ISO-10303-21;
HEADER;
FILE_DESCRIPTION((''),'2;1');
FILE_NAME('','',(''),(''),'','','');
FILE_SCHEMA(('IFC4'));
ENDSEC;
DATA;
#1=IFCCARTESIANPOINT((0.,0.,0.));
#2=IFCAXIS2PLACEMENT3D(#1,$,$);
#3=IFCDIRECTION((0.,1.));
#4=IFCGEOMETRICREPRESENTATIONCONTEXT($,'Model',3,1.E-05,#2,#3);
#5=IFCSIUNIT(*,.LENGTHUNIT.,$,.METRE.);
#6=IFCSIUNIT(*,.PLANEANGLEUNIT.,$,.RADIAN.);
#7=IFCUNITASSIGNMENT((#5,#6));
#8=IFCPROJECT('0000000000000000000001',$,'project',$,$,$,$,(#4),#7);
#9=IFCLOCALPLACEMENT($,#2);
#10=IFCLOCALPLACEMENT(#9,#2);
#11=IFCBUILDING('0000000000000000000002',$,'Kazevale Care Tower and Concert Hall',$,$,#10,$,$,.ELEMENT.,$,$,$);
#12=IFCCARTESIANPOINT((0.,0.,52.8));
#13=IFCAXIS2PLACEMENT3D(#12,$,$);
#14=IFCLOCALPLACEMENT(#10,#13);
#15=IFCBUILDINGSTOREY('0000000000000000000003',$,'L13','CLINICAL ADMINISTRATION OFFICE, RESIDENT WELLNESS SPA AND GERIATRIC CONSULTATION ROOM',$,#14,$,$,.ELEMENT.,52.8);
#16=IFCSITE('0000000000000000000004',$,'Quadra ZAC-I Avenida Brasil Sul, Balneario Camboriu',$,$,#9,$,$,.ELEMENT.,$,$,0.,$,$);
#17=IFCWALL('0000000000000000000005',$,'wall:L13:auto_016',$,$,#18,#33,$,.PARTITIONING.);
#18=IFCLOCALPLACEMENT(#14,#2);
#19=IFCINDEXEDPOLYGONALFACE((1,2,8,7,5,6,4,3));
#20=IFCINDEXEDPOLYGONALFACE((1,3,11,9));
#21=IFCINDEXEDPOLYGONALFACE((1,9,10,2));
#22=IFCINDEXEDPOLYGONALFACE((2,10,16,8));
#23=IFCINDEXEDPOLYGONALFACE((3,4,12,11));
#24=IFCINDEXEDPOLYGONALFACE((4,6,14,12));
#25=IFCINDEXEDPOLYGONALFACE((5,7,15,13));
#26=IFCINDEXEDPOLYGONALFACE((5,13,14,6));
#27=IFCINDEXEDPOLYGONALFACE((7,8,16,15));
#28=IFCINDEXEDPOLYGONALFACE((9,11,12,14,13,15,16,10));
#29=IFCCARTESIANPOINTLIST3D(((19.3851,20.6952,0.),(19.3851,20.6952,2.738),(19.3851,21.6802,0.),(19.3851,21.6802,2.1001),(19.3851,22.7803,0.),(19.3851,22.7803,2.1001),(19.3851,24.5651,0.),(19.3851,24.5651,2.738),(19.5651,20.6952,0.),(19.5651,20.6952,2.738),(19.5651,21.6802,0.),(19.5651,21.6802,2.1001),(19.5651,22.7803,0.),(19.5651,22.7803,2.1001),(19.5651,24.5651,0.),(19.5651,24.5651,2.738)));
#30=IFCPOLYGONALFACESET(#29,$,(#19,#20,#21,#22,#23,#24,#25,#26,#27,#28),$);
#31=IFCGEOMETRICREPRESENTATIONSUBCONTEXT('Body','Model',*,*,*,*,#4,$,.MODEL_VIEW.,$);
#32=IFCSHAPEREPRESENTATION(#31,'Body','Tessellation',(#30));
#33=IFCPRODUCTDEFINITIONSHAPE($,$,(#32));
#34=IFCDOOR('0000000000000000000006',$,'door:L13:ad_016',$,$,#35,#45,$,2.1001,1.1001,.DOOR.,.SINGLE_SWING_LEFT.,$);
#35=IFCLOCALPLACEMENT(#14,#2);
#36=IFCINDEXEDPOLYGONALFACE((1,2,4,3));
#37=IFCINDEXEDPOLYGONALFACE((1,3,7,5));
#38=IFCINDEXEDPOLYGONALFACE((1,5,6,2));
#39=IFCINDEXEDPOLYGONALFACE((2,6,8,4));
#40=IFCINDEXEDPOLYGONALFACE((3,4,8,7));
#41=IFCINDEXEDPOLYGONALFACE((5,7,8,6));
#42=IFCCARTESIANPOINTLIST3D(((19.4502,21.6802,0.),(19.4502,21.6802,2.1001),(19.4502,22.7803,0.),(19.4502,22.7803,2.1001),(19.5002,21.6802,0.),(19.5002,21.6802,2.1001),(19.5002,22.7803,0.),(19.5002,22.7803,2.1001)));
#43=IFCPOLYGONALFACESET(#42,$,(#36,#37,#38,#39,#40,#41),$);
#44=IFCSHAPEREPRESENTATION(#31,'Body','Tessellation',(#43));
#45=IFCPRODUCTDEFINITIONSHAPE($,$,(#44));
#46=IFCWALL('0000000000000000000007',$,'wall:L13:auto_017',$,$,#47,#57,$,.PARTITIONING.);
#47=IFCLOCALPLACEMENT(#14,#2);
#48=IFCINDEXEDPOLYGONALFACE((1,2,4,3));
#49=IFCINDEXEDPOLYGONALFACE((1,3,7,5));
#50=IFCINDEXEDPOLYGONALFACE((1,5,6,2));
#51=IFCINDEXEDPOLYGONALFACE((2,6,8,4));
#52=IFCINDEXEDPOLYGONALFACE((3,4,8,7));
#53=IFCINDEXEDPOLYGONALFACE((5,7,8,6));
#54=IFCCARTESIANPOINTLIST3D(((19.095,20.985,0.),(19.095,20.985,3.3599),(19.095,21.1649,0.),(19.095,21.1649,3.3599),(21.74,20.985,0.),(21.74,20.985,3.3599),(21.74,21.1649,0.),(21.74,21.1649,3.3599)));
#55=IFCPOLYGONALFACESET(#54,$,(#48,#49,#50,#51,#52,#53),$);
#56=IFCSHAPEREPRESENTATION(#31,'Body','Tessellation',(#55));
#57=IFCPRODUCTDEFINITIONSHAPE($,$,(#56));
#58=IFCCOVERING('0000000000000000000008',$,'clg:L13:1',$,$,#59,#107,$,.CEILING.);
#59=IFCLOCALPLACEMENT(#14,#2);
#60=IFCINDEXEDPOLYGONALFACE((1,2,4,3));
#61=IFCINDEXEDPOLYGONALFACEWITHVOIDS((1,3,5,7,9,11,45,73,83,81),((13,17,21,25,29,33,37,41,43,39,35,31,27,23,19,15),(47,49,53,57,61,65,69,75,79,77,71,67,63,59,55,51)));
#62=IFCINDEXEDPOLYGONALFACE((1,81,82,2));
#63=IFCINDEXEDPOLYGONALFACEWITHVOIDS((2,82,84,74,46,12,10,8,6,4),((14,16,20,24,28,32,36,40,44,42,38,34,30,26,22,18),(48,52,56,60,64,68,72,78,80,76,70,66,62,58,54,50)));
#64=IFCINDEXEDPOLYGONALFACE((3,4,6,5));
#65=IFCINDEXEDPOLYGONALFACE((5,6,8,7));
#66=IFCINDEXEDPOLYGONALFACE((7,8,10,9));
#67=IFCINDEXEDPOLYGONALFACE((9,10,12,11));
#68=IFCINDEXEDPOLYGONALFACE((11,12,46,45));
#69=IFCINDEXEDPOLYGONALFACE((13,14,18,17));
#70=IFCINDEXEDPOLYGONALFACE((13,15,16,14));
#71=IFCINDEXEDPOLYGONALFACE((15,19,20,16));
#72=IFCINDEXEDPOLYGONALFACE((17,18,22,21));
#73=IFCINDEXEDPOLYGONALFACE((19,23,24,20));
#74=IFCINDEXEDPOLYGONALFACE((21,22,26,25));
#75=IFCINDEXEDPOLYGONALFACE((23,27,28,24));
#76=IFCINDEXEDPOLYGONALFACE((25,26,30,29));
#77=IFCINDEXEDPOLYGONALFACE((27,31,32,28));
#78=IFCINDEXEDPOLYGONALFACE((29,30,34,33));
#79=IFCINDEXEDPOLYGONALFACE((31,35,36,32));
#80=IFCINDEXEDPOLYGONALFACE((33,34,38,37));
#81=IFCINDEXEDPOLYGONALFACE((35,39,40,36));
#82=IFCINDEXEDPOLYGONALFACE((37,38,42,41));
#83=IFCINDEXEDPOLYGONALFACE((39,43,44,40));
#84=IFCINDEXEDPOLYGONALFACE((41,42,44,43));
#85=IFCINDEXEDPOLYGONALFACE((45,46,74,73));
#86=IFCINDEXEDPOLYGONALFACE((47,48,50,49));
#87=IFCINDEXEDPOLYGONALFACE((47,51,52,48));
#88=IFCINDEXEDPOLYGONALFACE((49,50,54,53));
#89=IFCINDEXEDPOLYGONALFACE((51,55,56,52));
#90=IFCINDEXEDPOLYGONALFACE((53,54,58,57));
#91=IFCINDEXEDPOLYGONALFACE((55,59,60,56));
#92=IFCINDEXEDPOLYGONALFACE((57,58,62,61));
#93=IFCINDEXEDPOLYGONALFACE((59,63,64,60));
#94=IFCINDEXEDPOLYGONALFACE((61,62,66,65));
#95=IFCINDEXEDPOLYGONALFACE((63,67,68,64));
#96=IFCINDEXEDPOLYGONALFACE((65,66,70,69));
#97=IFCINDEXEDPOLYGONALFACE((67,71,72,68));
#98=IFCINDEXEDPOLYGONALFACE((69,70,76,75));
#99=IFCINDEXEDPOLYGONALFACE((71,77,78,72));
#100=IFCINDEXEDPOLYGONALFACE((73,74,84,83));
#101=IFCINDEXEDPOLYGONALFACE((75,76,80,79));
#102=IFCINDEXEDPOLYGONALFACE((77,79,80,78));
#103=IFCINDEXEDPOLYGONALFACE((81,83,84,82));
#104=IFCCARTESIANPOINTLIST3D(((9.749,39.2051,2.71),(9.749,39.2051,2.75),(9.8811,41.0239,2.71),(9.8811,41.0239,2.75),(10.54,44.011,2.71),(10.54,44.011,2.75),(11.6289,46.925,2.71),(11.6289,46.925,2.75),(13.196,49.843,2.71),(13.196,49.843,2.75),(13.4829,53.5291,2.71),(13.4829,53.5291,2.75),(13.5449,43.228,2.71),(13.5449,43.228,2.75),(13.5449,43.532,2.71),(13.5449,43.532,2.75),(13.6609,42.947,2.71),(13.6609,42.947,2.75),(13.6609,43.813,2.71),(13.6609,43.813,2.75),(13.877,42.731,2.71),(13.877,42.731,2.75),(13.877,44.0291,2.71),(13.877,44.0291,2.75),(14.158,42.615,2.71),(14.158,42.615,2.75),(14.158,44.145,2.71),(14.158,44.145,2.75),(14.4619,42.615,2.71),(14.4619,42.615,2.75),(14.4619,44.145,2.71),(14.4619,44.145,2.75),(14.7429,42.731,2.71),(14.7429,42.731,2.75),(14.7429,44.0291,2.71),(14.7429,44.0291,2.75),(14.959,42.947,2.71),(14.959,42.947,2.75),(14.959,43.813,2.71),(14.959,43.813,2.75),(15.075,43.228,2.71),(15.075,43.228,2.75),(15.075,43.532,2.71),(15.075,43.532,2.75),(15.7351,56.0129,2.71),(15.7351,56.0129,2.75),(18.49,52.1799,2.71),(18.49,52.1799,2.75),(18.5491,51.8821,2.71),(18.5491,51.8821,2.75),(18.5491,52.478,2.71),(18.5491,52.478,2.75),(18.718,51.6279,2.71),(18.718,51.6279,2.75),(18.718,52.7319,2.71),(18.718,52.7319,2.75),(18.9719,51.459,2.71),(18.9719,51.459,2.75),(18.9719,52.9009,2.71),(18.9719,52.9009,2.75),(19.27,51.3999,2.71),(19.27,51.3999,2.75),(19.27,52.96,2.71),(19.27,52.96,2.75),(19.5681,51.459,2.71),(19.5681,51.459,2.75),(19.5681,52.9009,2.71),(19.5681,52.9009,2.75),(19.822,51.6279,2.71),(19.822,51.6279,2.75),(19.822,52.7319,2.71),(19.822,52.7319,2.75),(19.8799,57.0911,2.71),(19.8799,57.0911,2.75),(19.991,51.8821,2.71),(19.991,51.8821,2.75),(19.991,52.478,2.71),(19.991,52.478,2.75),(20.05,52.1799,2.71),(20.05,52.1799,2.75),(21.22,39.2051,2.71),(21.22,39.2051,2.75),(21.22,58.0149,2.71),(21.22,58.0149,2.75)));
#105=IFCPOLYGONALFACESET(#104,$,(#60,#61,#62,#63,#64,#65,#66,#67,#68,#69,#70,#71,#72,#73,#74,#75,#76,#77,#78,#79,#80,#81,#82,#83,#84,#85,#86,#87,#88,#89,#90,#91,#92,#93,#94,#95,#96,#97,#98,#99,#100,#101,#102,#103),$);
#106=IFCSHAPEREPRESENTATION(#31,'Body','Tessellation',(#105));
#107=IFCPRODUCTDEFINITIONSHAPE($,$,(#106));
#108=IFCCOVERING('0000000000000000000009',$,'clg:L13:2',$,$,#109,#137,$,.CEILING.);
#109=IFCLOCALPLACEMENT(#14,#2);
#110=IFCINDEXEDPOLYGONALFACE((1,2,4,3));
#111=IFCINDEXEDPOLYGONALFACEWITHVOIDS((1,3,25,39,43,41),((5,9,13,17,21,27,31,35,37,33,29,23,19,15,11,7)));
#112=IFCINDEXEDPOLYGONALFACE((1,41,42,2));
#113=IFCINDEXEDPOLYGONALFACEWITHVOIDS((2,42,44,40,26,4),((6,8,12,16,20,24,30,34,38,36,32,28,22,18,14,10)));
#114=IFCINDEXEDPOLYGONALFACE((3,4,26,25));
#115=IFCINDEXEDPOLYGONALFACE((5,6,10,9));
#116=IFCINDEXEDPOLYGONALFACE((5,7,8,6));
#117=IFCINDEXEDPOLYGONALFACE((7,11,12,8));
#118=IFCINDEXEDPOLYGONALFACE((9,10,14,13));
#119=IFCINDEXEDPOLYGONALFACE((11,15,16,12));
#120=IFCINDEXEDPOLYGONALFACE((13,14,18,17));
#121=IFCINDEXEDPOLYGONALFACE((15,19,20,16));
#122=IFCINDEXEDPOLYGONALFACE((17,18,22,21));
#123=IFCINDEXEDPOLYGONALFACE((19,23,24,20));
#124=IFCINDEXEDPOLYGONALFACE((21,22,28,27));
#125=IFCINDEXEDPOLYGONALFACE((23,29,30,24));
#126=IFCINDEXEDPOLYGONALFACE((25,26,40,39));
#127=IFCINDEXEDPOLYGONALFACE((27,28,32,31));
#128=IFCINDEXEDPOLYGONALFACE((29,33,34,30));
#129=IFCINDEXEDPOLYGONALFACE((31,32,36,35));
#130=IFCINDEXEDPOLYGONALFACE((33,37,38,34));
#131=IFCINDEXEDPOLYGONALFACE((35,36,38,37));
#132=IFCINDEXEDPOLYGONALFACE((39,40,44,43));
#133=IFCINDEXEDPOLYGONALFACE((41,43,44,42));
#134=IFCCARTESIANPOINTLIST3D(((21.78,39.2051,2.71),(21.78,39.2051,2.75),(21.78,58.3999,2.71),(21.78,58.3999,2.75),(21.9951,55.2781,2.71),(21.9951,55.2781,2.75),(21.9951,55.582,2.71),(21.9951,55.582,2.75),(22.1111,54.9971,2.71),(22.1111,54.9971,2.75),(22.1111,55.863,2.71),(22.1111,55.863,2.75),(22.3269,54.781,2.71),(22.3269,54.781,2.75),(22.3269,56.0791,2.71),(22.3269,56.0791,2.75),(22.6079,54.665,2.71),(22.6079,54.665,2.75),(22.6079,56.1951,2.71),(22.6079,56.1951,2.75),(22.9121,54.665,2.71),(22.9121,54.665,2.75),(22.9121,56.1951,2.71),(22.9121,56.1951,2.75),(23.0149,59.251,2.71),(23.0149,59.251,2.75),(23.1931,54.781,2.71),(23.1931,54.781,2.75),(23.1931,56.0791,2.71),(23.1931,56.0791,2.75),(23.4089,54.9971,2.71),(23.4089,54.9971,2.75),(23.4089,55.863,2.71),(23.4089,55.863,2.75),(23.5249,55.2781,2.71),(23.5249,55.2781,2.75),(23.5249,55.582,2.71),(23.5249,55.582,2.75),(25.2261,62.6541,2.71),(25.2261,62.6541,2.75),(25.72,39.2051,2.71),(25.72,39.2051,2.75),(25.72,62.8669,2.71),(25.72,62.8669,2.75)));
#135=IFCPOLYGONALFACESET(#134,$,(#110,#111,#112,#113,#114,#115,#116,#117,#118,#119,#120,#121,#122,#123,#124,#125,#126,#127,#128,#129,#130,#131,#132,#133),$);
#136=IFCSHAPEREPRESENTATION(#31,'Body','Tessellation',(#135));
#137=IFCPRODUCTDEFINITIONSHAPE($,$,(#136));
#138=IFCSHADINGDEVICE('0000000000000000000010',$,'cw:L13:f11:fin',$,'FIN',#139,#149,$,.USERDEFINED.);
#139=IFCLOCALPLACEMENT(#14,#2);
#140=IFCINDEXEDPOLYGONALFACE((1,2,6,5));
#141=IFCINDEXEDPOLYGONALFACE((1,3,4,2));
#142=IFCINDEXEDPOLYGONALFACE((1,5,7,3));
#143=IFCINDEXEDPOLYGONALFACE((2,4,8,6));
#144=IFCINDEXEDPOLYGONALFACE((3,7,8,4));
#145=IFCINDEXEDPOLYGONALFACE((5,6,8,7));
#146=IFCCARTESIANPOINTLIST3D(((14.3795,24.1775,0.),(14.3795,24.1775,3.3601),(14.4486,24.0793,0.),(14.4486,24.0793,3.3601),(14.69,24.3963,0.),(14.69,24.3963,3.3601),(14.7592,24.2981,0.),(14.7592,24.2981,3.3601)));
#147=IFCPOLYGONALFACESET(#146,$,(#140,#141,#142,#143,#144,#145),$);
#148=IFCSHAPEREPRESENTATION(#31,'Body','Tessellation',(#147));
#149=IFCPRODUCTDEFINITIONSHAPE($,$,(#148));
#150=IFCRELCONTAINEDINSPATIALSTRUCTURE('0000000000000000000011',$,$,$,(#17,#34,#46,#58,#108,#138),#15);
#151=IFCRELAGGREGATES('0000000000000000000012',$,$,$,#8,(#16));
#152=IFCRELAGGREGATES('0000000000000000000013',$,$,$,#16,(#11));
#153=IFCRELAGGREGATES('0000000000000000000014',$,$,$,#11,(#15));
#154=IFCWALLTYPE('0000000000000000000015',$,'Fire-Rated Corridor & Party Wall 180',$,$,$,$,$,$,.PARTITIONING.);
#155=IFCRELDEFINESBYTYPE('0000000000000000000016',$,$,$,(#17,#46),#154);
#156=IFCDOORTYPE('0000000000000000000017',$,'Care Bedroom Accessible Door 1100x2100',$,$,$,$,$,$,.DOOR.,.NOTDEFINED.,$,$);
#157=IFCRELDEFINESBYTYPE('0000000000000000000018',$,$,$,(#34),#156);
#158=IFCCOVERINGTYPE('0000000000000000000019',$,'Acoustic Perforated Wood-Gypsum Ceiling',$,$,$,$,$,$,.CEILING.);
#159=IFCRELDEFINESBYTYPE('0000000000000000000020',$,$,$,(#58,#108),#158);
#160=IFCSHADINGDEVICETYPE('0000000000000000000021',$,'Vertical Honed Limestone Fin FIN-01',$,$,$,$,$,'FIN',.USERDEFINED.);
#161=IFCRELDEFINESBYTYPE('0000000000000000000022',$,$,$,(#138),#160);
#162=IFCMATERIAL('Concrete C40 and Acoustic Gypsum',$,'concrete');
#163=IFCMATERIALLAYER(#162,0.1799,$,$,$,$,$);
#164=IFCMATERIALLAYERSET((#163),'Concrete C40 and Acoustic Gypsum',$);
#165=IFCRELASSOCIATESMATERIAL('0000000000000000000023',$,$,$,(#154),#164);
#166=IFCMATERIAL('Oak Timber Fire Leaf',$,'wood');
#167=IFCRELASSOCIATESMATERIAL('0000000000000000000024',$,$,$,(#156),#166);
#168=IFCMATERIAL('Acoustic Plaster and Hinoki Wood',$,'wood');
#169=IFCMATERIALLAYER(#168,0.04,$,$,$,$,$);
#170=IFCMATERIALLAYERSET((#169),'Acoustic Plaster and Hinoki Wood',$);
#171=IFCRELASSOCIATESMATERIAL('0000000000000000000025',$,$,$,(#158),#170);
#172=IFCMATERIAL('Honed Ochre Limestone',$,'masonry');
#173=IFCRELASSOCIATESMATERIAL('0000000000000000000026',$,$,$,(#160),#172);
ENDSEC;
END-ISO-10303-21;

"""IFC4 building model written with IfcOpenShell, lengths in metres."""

from ifc_helpers import new_model, si_unit, direction, frame, frame_2d, origin, origin_2d, place, context, subcontext, project, spatial, polyline, rectangle, outline, extrude, material, layer, layer_set, type_object, element, fill, save


model = new_model("IFC4")

# Units and contexts
model_context = context("Model", 3, precision=1e-05, world=origin(), true_north=direction((0.0, 1.0)))
body_context = subcontext(model_context, "Body", "Model", "MODEL_VIEW")
ifc_project = project(units=[si_unit("LENGTHUNIT", "METRE"), si_unit("PLANEANGLEUNIT", "RADIAN")], contexts=[model_context])

# Site, building, storey
site_placement = place(None, origin())
site = spatial("IfcSite", under=ifc_project, at=site_placement, Name="Quadra ZAC-I Avenida Brasil Sul, Balneario Camboriu", CompositionType="ELEMENT", RefElevation=0.0)
building_placement = place(site_placement, origin())
building = spatial("IfcBuilding", under=site, at=building_placement, Name="Kazevale Care Tower and Concert Hall", CompositionType="ELEMENT")
storey_placement = place(building_placement, frame((0.0, 0.0, 52.8)))
storey = spatial("IfcBuildingStorey", under=building, at=storey_placement, Name="L13", Description="CLINICAL ADMINISTRATION OFFICE, RESIDENT WELLNESS SPA AND GERIATRIC CONSULTATION ROOM", CompositionType="ELEMENT", Elevation=52.8)

# Wall, opening, door
ifc_material_1 = material(Name="Concrete C40 and Acoustic Gypsum", Category="concrete")
ifc_layer_1 = layer(ifc_material_1, 0.1799)
ifc_layer_set_1 = layer_set([ifc_layer_1], Name="Concrete C40 and Acoustic Gypsum")
wall_type_1 = type_object("IfcWallType", Name="Fire-Rated Corridor & Party Wall 180", PredefinedType="PARTITIONING", material=ifc_layer_set_1)
wall_1_placement = place(storey_placement, frame((19.4751, 20.6951, 0.0), z_axis=(0.0, 0.0, 1.0), x_axis=(0.0, 1.0, 0.0)))
wall_1 = element("IfcWall", 1, at=wall_1_placement, inside=storey, type_object=wall_type_1, Name="wall:L13:auto_016", PredefinedType="PARTITIONING", context=body_context, shape_type="SweptSolid", body=[
    extrude(rectangle(XDim=3.8699, YDim=0.1799, at=frame_2d((1.9351, 0.0))), origin(), (0.0, 0.0, 1.0), 2.738),
])
opening_placement = place(wall_1_placement, frame((0.9851, 0.0, 0.0)))
opening = element("IfcOpeningElement", 2, at=opening_placement, cuts=wall_1, PredefinedType="OPENING", context=body_context, shape_type="SweptSolid", body=[
    extrude(rectangle(XDim=1.1001, YDim=2.1001, at=frame_2d((0.55, 1.05))), frame((0.0, 0.0999, 0.0), z_axis=(0.0, -1.0, 0.0), x_axis=(1.0, 0.0, 0.0)), (0.0, 0.0, 1.0), 0.2),
])
ifc_material_2 = material(Name="Oak Timber Fire Leaf", Category="wood")
door_type = type_object("IfcDoorType", Name="Care Bedroom Accessible Door 1100x2100", OperationType="NOTDEFINED", PredefinedType="DOOR", material=ifc_material_2)
door_placement = place(opening_placement, origin())
door = element("IfcDoor", 3, at=door_placement, inside=storey, type_object=door_type, Name="door:L13:ad_016", OperationType="SINGLE_SWING_LEFT", OverallHeight=2.1001, OverallWidth=1.1001, PredefinedType="DOOR", context=body_context, shape_type="SweptSolid", body=[
    extrude(rectangle(XDim=1.1001, YDim=2.1001, at=frame_2d((0.55, 1.05))), frame((0.0, 0.0249, 0.0), z_axis=(0.0, -1.0, 0.0), x_axis=(1.0, 0.0, 0.0)), (0.0, 0.0, 1.0), 0.05),
])
fill(opening, door)

# Wall
wall_2_placement = place(storey_placement, frame((21.74, 21.075, 0.0), z_axis=(0.0, 0.0, 1.0), x_axis=(-1.0, 0.0, 0.0)))
element("IfcWall", 4, at=wall_2_placement, inside=storey, type_object=wall_type_1, Name="wall:L13:auto_017", PredefinedType="PARTITIONING", context=body_context, shape_type="SweptSolid", body=[
    extrude(rectangle(XDim=2.645, YDim=0.1799, at=frame_2d((1.3225, 0.0))), origin(), (0.0, 0.0, 1.0), 3.3599),
])

# Coverings
ifc_material_3 = material(Name="Acoustic Plaster and Hinoki Wood", Category="wood")
ifc_layer_2 = layer(ifc_material_3, 0.04)
ifc_layer_set_2 = layer_set([ifc_layer_2], Name="Acoustic Plaster and Hinoki Wood")
covering_type = type_object("IfcCoveringType", Name="Acoustic Perforated Wood-Gypsum Ceiling", PredefinedType="CEILING", material=ifc_layer_set_2)
covering_1_placement = place(storey_placement, frame((0.0, 0.0, 2.71)))
element("IfcCovering", 5, at=covering_1_placement, inside=storey, type_object=covering_type, Name="clg:L13:1", PredefinedType="CEILING", context=body_context, shape_type="SweptSolid", body=[
    extrude(outline(polyline([(13.196, 49.843), (13.4829, 53.5291), (15.7351, 56.0129), (19.8799, 57.0911), (21.22, 58.0149), (21.22, 39.2051), (9.749, 39.2051), (9.8811, 41.0239), (10.54, 44.011), (11.6289, 46.925), (13.196, 49.843)]), holes=[polyline([(19.991, 52.478), (19.822, 52.7319), (19.5681, 52.9009), (19.27, 52.96), (18.9719, 52.9009), (18.718, 52.7319), (18.5491, 52.478), (18.49, 52.1799), (18.5491, 51.8821), (18.718, 51.6279), (18.9719, 51.459), (19.27, 51.3999), (19.5681, 51.459), (19.822, 51.6279), (19.991, 51.8821), (20.05, 52.1799), (19.991, 52.478)]), polyline([(15.075, 43.532), (14.959, 43.813), (14.7429, 44.0291), (14.4619, 44.145), (14.158, 44.145), (13.877, 44.0291), (13.6609, 43.813), (13.5449, 43.532), (13.5449, 43.228), (13.6609, 42.947), (13.877, 42.731), (14.158, 42.615), (14.4619, 42.615), (14.7429, 42.731), (14.959, 42.947), (15.075, 43.228), (15.075, 43.532)])]), origin(), (0.0, 0.0, 1.0), 0.04),
])
covering_2_placement = place(storey_placement, frame((0.0, 0.0, 2.71)))
element("IfcCovering", 6, at=covering_2_placement, inside=storey, type_object=covering_type, Name="clg:L13:2", PredefinedType="CEILING", context=body_context, shape_type="SweptSolid", body=[
    extrude(outline(polyline([(21.78, 39.2051), (21.78, 58.3999), (23.0149, 59.251), (25.2261, 62.6541), (25.72, 62.8669), (25.72, 39.2051), (21.78, 39.2051)]), holes=[polyline([(23.5249, 55.582), (23.4089, 55.863), (23.1931, 56.0791), (22.9121, 56.1951), (22.6079, 56.1951), (22.3269, 56.0791), (22.1111, 55.863), (21.9951, 55.582), (21.9951, 55.2781), (22.1111, 54.9971), (22.3269, 54.781), (22.6079, 54.665), (22.9121, 54.665), (23.1931, 54.781), (23.4089, 54.9971), (23.5249, 55.2781), (23.5249, 55.582)])]), origin(), (0.0, 0.0, 1.0), 0.04),
])

# Shading device
ifc_material_4 = material(Name="Honed Ochre Limestone", Category="masonry")
shading_device_type = type_object("IfcShadingDeviceType", Name="Vertical Honed Limestone Fin FIN-01", ElementType="FIN", PredefinedType="USERDEFINED", material=ifc_material_4)
shading_device_placement = place(storey_placement, frame((14.5693, 24.2378, 0.0), z_axis=(0.0, 0.0, 1.0), x_axis=(-0.817547, -0.575862, 0.0)))
element("IfcShadingDevice", 7, at=shading_device_placement, inside=storey, type_object=shading_device_type, Name="cw:L13:f11:fin", ObjectType="FIN", PredefinedType="USERDEFINED", context=body_context, shape_type="SweptSolid", body=[
    extrude(rectangle(XDim=0.3799, YDim=0.1201, at=origin_2d()), origin(), (0.0, 0.0, 1.0), 3.3601),
])

save(model, "model.ifc")
